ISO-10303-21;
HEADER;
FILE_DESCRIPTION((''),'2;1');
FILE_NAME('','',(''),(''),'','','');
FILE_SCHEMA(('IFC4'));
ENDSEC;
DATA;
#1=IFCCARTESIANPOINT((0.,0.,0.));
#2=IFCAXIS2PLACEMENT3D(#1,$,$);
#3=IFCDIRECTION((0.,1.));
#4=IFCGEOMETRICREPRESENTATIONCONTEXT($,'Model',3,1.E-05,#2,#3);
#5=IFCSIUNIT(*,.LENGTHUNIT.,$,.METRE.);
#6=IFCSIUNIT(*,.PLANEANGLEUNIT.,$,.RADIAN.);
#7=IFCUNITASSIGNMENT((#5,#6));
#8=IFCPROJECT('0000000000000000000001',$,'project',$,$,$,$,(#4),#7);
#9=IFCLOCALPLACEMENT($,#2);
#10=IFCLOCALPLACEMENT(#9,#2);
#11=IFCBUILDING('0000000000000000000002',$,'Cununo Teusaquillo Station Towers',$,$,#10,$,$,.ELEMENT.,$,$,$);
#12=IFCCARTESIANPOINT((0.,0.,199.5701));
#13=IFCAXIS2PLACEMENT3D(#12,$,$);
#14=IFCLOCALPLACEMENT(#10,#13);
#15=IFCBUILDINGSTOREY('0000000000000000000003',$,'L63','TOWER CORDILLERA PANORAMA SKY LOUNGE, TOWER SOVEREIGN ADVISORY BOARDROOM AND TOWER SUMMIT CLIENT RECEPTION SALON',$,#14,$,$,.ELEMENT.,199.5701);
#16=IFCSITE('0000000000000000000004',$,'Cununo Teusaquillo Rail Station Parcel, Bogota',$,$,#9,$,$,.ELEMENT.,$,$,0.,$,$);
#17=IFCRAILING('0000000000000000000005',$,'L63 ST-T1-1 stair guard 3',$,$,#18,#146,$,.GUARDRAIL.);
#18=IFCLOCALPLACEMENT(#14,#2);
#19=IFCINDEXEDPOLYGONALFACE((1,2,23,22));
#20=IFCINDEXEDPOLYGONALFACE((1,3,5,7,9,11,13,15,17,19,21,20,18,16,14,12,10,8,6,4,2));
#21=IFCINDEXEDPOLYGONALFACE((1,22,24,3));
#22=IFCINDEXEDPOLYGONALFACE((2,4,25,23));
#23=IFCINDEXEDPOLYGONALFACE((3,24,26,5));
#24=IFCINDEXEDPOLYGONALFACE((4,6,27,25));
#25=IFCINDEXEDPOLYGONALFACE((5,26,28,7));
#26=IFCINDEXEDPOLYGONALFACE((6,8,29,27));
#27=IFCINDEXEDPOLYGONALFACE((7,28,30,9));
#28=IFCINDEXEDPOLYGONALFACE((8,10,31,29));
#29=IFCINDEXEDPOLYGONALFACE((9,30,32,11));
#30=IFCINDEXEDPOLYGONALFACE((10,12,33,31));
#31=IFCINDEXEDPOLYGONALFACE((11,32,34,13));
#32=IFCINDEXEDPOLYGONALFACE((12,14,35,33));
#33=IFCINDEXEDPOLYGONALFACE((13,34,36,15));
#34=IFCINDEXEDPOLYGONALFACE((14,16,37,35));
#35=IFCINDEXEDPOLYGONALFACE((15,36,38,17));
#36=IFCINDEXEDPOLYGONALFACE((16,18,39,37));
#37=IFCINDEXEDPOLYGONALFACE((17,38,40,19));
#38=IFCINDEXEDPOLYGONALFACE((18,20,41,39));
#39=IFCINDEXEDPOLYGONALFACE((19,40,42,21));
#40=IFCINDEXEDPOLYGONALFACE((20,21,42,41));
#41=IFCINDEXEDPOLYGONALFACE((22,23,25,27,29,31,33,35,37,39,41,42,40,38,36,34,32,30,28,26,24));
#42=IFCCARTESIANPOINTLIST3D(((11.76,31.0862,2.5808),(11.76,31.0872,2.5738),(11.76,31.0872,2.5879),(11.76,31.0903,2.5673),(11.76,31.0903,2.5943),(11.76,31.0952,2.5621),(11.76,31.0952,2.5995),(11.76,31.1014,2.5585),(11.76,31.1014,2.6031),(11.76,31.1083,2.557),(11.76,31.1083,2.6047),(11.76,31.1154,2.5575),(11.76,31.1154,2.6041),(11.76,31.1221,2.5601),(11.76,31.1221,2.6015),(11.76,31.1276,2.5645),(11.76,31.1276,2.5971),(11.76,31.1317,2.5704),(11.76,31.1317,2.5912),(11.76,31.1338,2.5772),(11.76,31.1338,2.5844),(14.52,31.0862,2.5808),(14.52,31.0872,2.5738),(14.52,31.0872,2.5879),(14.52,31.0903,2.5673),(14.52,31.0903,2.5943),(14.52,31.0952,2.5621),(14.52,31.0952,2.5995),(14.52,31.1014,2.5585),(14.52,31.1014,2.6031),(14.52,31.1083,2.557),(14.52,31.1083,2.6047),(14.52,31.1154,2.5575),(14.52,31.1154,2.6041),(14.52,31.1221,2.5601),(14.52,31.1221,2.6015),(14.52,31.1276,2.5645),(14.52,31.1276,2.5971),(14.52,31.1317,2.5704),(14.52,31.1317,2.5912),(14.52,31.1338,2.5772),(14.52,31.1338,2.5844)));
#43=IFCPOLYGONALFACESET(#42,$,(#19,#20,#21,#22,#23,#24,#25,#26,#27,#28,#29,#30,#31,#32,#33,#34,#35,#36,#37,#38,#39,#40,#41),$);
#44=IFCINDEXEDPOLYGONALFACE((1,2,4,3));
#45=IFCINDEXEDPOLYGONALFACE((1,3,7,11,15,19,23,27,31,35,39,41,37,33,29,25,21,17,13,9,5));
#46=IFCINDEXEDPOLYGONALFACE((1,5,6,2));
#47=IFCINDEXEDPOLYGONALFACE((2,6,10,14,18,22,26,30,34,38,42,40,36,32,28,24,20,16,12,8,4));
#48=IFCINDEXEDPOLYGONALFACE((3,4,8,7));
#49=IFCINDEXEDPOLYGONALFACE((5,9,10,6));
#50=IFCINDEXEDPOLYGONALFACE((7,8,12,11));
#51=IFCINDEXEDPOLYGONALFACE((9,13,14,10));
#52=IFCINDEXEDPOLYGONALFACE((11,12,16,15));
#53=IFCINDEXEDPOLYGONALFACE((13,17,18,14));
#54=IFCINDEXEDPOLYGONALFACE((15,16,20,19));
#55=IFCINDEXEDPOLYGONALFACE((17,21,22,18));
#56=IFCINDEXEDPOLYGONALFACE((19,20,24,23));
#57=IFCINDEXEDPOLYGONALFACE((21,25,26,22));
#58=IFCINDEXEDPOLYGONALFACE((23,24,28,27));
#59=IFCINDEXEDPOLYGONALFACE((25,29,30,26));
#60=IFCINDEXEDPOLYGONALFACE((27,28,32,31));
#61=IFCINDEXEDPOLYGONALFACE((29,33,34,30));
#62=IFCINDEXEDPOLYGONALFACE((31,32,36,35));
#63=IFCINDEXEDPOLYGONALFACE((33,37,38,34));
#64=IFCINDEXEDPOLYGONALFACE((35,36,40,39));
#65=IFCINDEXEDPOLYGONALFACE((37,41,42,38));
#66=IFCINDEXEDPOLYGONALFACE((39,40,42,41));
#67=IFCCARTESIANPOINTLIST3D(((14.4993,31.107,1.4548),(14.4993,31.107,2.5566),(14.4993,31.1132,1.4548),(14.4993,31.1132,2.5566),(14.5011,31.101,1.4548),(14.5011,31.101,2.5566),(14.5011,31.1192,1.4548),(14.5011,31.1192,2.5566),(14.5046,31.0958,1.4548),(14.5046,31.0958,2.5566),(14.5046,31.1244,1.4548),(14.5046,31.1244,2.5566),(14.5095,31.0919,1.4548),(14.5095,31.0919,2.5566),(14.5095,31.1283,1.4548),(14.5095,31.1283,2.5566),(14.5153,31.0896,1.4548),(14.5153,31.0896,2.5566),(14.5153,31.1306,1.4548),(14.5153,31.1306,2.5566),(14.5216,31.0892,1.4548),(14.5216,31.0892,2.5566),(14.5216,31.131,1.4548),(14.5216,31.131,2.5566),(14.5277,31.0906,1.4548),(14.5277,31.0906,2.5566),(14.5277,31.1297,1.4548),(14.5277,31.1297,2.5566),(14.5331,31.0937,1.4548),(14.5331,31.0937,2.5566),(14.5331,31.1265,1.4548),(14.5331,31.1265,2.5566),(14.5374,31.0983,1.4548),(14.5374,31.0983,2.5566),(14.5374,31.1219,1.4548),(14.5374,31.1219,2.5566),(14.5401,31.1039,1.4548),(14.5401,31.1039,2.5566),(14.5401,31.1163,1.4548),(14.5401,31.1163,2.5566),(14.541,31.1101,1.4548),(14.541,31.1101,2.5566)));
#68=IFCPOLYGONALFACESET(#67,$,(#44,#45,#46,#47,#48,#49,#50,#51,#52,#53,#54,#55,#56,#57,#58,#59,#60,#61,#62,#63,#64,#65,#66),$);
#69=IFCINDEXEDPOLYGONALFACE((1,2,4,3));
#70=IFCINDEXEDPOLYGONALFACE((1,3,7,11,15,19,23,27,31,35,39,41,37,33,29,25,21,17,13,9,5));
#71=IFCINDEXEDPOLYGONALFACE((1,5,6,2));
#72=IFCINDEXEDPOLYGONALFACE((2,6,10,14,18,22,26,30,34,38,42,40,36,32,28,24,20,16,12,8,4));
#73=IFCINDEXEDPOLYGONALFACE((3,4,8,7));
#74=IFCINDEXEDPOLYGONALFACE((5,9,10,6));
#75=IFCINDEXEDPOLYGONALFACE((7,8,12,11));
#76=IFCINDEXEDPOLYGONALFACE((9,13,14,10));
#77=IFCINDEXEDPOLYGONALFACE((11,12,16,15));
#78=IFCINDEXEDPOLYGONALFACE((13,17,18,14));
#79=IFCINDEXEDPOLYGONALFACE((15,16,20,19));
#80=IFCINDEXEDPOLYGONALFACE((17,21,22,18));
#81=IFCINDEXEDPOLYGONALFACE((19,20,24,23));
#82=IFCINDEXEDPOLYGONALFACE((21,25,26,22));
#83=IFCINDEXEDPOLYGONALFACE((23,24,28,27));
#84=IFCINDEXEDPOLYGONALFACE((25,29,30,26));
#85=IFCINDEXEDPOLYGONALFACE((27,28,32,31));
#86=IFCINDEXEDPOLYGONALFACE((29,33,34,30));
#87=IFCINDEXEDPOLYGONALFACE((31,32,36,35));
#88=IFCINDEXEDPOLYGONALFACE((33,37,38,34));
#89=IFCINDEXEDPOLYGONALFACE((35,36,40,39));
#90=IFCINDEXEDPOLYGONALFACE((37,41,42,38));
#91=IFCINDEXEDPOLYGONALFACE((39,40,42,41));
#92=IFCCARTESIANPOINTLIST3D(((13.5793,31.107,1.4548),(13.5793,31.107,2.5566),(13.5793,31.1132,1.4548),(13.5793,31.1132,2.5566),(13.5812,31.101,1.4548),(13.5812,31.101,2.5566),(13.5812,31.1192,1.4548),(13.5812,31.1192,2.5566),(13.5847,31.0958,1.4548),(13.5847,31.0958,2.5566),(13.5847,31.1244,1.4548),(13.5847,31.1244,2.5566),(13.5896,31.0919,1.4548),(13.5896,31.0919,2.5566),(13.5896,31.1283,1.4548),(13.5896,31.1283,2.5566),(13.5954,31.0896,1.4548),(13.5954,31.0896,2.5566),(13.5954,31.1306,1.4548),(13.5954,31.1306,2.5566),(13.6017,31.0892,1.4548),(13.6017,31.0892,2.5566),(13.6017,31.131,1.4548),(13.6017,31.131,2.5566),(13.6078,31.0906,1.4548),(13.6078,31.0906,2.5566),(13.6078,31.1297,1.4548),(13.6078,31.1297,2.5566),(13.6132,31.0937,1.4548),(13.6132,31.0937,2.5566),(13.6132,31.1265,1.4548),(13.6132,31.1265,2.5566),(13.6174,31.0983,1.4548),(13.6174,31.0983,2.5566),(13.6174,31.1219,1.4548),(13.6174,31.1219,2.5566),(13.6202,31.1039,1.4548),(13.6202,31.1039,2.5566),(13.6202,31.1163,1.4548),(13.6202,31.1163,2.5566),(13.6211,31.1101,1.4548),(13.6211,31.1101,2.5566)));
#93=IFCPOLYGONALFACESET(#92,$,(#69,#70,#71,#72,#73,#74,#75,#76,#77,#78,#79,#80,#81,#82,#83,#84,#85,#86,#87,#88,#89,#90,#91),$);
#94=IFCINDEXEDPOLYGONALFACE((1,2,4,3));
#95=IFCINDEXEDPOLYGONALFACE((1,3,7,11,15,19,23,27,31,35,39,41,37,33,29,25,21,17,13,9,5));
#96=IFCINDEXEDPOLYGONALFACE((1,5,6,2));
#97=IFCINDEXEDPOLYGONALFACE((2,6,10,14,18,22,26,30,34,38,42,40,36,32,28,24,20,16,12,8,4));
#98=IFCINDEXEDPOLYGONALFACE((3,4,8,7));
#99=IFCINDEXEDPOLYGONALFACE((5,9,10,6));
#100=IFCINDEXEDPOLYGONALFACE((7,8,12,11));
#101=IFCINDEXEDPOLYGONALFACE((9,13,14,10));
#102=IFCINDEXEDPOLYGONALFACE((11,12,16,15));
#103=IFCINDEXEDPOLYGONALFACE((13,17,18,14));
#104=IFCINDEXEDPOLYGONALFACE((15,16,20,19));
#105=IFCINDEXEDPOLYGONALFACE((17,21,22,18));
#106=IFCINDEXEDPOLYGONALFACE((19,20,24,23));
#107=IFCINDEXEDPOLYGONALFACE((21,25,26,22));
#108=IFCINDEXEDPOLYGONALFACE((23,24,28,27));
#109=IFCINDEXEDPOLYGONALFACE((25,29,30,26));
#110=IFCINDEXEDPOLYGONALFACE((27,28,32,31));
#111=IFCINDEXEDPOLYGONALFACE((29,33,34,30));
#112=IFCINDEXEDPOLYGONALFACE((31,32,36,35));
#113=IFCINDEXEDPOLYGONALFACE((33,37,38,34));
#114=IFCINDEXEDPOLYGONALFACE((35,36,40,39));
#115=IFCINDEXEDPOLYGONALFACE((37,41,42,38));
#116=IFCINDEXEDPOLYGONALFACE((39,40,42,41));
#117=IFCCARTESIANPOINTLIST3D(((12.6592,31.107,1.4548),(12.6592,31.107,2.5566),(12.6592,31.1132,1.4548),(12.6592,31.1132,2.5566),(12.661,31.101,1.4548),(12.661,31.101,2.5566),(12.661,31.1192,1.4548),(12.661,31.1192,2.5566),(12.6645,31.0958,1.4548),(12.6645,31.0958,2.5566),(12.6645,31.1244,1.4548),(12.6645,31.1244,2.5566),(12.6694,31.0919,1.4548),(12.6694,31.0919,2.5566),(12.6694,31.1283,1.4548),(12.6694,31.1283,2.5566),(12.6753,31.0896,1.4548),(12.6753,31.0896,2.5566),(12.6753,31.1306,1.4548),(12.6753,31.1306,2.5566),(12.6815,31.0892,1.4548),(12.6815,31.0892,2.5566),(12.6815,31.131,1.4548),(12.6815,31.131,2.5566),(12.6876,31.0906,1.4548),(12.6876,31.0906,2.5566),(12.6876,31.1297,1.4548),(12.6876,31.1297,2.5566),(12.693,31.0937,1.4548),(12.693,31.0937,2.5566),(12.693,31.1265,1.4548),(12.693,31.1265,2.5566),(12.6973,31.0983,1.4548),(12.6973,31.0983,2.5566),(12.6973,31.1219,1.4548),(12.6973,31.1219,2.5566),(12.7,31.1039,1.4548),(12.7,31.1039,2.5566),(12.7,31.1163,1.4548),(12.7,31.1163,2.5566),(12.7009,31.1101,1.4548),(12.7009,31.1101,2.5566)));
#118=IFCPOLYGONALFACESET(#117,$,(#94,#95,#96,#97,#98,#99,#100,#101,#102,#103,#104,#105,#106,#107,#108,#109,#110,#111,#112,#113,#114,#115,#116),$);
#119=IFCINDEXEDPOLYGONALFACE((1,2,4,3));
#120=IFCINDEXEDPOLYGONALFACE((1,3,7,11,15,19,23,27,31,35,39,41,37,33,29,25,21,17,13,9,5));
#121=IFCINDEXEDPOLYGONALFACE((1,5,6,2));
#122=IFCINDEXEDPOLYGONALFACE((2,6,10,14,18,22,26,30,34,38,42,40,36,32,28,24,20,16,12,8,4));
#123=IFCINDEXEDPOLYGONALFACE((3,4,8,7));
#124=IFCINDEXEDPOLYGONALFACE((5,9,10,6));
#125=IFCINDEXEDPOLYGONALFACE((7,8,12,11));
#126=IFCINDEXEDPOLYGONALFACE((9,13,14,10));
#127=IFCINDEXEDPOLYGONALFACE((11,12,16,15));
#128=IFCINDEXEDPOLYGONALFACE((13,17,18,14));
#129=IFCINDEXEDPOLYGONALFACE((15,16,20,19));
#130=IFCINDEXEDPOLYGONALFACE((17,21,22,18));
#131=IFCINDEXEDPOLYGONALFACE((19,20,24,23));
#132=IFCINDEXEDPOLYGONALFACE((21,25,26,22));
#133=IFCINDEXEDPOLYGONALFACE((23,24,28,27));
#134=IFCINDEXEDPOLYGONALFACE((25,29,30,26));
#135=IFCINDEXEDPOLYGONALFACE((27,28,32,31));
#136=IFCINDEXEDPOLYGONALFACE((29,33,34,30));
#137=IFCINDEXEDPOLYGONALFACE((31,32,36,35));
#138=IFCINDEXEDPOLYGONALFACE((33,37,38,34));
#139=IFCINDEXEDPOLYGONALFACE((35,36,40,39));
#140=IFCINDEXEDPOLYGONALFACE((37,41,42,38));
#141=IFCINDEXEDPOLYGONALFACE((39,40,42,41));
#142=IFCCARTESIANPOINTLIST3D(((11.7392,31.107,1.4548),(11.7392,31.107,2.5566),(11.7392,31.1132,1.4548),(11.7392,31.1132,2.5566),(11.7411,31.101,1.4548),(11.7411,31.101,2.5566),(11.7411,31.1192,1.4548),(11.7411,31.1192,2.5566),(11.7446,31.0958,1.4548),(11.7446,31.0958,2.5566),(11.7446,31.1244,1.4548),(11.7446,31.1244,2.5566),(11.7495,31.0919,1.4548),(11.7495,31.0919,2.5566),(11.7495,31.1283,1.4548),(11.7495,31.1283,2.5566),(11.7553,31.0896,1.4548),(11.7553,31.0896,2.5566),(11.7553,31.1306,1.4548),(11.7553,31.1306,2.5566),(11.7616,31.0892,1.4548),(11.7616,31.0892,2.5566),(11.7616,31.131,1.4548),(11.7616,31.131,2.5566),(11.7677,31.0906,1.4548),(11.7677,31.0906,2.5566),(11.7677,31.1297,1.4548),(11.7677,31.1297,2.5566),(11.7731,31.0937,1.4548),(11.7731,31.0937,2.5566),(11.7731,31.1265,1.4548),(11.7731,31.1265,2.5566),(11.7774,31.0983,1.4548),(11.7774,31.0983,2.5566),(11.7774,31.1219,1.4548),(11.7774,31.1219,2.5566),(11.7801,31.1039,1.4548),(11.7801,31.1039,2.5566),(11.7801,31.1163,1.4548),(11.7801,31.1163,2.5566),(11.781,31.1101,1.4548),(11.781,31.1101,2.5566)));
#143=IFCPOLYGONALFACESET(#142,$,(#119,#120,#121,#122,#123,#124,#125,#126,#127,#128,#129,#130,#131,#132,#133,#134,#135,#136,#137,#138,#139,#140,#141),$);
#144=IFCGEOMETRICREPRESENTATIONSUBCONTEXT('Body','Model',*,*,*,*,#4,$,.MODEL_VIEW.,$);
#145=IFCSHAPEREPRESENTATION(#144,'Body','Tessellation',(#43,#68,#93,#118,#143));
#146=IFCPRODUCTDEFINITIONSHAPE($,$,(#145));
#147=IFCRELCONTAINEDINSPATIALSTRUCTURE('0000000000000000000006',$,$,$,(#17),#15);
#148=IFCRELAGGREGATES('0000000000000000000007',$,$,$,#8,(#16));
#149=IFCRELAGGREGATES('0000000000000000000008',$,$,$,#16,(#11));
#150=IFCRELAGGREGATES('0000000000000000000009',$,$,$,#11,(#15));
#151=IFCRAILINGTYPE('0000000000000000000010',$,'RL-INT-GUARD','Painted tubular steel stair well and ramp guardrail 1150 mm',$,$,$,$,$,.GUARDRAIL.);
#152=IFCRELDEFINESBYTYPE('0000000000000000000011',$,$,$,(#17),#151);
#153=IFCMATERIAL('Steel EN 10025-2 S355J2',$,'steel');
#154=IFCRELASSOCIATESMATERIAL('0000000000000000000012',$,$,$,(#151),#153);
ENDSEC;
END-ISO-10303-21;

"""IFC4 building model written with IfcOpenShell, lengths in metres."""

from ifc_helpers import new_model, si_unit, direction, frame, origin, origin_2d, place, context, subcontext, project, spatial, circle, extrude, material, type_object, element, save


model = new_model("IFC4")

# Units and contexts
model_context = context("Model", 3, precision=1e-05, world=origin(), true_north=direction((0.0, 1.0)))
body_context = subcontext(model_context, "Body", "Model", "MODEL_VIEW")
ifc_project = project(units=[si_unit("LENGTHUNIT", "METRE"), si_unit("PLANEANGLEUNIT", "RADIAN")], contexts=[model_context])

# Site, building, storey
site_placement = place(None, origin())
site = spatial("IfcSite", under=ifc_project, at=site_placement, Name="Cununo Teusaquillo Rail Station Parcel, Bogota", CompositionType="ELEMENT", RefElevation=0.0)
building_placement = place(site_placement, origin())
building = spatial("IfcBuilding", under=site, at=building_placement, Name="Cununo Teusaquillo Station Towers", CompositionType="ELEMENT")
storey_placement = place(building_placement, frame((0.0, 0.0, 199.5701)))
storey = spatial("IfcBuildingStorey", under=building, at=storey_placement, Name="L63", Description="TOWER CORDILLERA PANORAMA SKY LOUNGE, TOWER SOVEREIGN ADVISORY BOARDROOM AND TOWER SUMMIT CLIENT RECEPTION SALON", CompositionType="ELEMENT", Elevation=199.5701)

# Railing
ifc_material_1 = material(Name="Steel EN 10025-2 S355J2", Category="steel")
railing_type_1 = type_object("IfcRailingType", Name="RL-INT-GUARD", Description="Painted tubular steel stair well and ramp guardrail 1150 mm", PredefinedType="GUARDRAIL", material=ifc_material_1)
railing_1_placement = place(storey_placement, frame((14.52, 31.1101, 1.4548)))
element("IfcRailing", 1, at=railing_1_placement, inside=storey, type_object=railing_type_1, Name="L63 ST-T1-1 stair guard 3", PredefinedType="GUARDRAIL", context=body_context, shape_type="SweptSolid", body=[
    extrude(circle(Radius=0.0239, at=origin_2d()), frame((0.0, 0.0, 1.126), z_axis=(-1.0, 0.0, 0.0), x_axis=(0.0, -1.0, 0.0)), (0.0, 0.0, 1.0), 2.76),
    extrude(circle(Radius=0.021, at=origin_2d()), origin(), (0.0, 0.0, 1.0), 1.1018),
    extrude(circle(Radius=0.021, at=origin_2d()), frame((-0.9199, 0.0, 0.0)), (0.0, 0.0, 1.0), 1.1018),
    extrude(circle(Radius=0.021, at=origin_2d()), frame((-1.8401, 0.0, 0.0)), (0.0, 0.0, 1.0), 1.1018),
    extrude(circle(Radius=0.021, at=origin_2d()), frame((-2.76, 0.0, 0.0)), (0.0, 0.0, 1.0), 1.1018),
])

save(model, "model.ifc")
